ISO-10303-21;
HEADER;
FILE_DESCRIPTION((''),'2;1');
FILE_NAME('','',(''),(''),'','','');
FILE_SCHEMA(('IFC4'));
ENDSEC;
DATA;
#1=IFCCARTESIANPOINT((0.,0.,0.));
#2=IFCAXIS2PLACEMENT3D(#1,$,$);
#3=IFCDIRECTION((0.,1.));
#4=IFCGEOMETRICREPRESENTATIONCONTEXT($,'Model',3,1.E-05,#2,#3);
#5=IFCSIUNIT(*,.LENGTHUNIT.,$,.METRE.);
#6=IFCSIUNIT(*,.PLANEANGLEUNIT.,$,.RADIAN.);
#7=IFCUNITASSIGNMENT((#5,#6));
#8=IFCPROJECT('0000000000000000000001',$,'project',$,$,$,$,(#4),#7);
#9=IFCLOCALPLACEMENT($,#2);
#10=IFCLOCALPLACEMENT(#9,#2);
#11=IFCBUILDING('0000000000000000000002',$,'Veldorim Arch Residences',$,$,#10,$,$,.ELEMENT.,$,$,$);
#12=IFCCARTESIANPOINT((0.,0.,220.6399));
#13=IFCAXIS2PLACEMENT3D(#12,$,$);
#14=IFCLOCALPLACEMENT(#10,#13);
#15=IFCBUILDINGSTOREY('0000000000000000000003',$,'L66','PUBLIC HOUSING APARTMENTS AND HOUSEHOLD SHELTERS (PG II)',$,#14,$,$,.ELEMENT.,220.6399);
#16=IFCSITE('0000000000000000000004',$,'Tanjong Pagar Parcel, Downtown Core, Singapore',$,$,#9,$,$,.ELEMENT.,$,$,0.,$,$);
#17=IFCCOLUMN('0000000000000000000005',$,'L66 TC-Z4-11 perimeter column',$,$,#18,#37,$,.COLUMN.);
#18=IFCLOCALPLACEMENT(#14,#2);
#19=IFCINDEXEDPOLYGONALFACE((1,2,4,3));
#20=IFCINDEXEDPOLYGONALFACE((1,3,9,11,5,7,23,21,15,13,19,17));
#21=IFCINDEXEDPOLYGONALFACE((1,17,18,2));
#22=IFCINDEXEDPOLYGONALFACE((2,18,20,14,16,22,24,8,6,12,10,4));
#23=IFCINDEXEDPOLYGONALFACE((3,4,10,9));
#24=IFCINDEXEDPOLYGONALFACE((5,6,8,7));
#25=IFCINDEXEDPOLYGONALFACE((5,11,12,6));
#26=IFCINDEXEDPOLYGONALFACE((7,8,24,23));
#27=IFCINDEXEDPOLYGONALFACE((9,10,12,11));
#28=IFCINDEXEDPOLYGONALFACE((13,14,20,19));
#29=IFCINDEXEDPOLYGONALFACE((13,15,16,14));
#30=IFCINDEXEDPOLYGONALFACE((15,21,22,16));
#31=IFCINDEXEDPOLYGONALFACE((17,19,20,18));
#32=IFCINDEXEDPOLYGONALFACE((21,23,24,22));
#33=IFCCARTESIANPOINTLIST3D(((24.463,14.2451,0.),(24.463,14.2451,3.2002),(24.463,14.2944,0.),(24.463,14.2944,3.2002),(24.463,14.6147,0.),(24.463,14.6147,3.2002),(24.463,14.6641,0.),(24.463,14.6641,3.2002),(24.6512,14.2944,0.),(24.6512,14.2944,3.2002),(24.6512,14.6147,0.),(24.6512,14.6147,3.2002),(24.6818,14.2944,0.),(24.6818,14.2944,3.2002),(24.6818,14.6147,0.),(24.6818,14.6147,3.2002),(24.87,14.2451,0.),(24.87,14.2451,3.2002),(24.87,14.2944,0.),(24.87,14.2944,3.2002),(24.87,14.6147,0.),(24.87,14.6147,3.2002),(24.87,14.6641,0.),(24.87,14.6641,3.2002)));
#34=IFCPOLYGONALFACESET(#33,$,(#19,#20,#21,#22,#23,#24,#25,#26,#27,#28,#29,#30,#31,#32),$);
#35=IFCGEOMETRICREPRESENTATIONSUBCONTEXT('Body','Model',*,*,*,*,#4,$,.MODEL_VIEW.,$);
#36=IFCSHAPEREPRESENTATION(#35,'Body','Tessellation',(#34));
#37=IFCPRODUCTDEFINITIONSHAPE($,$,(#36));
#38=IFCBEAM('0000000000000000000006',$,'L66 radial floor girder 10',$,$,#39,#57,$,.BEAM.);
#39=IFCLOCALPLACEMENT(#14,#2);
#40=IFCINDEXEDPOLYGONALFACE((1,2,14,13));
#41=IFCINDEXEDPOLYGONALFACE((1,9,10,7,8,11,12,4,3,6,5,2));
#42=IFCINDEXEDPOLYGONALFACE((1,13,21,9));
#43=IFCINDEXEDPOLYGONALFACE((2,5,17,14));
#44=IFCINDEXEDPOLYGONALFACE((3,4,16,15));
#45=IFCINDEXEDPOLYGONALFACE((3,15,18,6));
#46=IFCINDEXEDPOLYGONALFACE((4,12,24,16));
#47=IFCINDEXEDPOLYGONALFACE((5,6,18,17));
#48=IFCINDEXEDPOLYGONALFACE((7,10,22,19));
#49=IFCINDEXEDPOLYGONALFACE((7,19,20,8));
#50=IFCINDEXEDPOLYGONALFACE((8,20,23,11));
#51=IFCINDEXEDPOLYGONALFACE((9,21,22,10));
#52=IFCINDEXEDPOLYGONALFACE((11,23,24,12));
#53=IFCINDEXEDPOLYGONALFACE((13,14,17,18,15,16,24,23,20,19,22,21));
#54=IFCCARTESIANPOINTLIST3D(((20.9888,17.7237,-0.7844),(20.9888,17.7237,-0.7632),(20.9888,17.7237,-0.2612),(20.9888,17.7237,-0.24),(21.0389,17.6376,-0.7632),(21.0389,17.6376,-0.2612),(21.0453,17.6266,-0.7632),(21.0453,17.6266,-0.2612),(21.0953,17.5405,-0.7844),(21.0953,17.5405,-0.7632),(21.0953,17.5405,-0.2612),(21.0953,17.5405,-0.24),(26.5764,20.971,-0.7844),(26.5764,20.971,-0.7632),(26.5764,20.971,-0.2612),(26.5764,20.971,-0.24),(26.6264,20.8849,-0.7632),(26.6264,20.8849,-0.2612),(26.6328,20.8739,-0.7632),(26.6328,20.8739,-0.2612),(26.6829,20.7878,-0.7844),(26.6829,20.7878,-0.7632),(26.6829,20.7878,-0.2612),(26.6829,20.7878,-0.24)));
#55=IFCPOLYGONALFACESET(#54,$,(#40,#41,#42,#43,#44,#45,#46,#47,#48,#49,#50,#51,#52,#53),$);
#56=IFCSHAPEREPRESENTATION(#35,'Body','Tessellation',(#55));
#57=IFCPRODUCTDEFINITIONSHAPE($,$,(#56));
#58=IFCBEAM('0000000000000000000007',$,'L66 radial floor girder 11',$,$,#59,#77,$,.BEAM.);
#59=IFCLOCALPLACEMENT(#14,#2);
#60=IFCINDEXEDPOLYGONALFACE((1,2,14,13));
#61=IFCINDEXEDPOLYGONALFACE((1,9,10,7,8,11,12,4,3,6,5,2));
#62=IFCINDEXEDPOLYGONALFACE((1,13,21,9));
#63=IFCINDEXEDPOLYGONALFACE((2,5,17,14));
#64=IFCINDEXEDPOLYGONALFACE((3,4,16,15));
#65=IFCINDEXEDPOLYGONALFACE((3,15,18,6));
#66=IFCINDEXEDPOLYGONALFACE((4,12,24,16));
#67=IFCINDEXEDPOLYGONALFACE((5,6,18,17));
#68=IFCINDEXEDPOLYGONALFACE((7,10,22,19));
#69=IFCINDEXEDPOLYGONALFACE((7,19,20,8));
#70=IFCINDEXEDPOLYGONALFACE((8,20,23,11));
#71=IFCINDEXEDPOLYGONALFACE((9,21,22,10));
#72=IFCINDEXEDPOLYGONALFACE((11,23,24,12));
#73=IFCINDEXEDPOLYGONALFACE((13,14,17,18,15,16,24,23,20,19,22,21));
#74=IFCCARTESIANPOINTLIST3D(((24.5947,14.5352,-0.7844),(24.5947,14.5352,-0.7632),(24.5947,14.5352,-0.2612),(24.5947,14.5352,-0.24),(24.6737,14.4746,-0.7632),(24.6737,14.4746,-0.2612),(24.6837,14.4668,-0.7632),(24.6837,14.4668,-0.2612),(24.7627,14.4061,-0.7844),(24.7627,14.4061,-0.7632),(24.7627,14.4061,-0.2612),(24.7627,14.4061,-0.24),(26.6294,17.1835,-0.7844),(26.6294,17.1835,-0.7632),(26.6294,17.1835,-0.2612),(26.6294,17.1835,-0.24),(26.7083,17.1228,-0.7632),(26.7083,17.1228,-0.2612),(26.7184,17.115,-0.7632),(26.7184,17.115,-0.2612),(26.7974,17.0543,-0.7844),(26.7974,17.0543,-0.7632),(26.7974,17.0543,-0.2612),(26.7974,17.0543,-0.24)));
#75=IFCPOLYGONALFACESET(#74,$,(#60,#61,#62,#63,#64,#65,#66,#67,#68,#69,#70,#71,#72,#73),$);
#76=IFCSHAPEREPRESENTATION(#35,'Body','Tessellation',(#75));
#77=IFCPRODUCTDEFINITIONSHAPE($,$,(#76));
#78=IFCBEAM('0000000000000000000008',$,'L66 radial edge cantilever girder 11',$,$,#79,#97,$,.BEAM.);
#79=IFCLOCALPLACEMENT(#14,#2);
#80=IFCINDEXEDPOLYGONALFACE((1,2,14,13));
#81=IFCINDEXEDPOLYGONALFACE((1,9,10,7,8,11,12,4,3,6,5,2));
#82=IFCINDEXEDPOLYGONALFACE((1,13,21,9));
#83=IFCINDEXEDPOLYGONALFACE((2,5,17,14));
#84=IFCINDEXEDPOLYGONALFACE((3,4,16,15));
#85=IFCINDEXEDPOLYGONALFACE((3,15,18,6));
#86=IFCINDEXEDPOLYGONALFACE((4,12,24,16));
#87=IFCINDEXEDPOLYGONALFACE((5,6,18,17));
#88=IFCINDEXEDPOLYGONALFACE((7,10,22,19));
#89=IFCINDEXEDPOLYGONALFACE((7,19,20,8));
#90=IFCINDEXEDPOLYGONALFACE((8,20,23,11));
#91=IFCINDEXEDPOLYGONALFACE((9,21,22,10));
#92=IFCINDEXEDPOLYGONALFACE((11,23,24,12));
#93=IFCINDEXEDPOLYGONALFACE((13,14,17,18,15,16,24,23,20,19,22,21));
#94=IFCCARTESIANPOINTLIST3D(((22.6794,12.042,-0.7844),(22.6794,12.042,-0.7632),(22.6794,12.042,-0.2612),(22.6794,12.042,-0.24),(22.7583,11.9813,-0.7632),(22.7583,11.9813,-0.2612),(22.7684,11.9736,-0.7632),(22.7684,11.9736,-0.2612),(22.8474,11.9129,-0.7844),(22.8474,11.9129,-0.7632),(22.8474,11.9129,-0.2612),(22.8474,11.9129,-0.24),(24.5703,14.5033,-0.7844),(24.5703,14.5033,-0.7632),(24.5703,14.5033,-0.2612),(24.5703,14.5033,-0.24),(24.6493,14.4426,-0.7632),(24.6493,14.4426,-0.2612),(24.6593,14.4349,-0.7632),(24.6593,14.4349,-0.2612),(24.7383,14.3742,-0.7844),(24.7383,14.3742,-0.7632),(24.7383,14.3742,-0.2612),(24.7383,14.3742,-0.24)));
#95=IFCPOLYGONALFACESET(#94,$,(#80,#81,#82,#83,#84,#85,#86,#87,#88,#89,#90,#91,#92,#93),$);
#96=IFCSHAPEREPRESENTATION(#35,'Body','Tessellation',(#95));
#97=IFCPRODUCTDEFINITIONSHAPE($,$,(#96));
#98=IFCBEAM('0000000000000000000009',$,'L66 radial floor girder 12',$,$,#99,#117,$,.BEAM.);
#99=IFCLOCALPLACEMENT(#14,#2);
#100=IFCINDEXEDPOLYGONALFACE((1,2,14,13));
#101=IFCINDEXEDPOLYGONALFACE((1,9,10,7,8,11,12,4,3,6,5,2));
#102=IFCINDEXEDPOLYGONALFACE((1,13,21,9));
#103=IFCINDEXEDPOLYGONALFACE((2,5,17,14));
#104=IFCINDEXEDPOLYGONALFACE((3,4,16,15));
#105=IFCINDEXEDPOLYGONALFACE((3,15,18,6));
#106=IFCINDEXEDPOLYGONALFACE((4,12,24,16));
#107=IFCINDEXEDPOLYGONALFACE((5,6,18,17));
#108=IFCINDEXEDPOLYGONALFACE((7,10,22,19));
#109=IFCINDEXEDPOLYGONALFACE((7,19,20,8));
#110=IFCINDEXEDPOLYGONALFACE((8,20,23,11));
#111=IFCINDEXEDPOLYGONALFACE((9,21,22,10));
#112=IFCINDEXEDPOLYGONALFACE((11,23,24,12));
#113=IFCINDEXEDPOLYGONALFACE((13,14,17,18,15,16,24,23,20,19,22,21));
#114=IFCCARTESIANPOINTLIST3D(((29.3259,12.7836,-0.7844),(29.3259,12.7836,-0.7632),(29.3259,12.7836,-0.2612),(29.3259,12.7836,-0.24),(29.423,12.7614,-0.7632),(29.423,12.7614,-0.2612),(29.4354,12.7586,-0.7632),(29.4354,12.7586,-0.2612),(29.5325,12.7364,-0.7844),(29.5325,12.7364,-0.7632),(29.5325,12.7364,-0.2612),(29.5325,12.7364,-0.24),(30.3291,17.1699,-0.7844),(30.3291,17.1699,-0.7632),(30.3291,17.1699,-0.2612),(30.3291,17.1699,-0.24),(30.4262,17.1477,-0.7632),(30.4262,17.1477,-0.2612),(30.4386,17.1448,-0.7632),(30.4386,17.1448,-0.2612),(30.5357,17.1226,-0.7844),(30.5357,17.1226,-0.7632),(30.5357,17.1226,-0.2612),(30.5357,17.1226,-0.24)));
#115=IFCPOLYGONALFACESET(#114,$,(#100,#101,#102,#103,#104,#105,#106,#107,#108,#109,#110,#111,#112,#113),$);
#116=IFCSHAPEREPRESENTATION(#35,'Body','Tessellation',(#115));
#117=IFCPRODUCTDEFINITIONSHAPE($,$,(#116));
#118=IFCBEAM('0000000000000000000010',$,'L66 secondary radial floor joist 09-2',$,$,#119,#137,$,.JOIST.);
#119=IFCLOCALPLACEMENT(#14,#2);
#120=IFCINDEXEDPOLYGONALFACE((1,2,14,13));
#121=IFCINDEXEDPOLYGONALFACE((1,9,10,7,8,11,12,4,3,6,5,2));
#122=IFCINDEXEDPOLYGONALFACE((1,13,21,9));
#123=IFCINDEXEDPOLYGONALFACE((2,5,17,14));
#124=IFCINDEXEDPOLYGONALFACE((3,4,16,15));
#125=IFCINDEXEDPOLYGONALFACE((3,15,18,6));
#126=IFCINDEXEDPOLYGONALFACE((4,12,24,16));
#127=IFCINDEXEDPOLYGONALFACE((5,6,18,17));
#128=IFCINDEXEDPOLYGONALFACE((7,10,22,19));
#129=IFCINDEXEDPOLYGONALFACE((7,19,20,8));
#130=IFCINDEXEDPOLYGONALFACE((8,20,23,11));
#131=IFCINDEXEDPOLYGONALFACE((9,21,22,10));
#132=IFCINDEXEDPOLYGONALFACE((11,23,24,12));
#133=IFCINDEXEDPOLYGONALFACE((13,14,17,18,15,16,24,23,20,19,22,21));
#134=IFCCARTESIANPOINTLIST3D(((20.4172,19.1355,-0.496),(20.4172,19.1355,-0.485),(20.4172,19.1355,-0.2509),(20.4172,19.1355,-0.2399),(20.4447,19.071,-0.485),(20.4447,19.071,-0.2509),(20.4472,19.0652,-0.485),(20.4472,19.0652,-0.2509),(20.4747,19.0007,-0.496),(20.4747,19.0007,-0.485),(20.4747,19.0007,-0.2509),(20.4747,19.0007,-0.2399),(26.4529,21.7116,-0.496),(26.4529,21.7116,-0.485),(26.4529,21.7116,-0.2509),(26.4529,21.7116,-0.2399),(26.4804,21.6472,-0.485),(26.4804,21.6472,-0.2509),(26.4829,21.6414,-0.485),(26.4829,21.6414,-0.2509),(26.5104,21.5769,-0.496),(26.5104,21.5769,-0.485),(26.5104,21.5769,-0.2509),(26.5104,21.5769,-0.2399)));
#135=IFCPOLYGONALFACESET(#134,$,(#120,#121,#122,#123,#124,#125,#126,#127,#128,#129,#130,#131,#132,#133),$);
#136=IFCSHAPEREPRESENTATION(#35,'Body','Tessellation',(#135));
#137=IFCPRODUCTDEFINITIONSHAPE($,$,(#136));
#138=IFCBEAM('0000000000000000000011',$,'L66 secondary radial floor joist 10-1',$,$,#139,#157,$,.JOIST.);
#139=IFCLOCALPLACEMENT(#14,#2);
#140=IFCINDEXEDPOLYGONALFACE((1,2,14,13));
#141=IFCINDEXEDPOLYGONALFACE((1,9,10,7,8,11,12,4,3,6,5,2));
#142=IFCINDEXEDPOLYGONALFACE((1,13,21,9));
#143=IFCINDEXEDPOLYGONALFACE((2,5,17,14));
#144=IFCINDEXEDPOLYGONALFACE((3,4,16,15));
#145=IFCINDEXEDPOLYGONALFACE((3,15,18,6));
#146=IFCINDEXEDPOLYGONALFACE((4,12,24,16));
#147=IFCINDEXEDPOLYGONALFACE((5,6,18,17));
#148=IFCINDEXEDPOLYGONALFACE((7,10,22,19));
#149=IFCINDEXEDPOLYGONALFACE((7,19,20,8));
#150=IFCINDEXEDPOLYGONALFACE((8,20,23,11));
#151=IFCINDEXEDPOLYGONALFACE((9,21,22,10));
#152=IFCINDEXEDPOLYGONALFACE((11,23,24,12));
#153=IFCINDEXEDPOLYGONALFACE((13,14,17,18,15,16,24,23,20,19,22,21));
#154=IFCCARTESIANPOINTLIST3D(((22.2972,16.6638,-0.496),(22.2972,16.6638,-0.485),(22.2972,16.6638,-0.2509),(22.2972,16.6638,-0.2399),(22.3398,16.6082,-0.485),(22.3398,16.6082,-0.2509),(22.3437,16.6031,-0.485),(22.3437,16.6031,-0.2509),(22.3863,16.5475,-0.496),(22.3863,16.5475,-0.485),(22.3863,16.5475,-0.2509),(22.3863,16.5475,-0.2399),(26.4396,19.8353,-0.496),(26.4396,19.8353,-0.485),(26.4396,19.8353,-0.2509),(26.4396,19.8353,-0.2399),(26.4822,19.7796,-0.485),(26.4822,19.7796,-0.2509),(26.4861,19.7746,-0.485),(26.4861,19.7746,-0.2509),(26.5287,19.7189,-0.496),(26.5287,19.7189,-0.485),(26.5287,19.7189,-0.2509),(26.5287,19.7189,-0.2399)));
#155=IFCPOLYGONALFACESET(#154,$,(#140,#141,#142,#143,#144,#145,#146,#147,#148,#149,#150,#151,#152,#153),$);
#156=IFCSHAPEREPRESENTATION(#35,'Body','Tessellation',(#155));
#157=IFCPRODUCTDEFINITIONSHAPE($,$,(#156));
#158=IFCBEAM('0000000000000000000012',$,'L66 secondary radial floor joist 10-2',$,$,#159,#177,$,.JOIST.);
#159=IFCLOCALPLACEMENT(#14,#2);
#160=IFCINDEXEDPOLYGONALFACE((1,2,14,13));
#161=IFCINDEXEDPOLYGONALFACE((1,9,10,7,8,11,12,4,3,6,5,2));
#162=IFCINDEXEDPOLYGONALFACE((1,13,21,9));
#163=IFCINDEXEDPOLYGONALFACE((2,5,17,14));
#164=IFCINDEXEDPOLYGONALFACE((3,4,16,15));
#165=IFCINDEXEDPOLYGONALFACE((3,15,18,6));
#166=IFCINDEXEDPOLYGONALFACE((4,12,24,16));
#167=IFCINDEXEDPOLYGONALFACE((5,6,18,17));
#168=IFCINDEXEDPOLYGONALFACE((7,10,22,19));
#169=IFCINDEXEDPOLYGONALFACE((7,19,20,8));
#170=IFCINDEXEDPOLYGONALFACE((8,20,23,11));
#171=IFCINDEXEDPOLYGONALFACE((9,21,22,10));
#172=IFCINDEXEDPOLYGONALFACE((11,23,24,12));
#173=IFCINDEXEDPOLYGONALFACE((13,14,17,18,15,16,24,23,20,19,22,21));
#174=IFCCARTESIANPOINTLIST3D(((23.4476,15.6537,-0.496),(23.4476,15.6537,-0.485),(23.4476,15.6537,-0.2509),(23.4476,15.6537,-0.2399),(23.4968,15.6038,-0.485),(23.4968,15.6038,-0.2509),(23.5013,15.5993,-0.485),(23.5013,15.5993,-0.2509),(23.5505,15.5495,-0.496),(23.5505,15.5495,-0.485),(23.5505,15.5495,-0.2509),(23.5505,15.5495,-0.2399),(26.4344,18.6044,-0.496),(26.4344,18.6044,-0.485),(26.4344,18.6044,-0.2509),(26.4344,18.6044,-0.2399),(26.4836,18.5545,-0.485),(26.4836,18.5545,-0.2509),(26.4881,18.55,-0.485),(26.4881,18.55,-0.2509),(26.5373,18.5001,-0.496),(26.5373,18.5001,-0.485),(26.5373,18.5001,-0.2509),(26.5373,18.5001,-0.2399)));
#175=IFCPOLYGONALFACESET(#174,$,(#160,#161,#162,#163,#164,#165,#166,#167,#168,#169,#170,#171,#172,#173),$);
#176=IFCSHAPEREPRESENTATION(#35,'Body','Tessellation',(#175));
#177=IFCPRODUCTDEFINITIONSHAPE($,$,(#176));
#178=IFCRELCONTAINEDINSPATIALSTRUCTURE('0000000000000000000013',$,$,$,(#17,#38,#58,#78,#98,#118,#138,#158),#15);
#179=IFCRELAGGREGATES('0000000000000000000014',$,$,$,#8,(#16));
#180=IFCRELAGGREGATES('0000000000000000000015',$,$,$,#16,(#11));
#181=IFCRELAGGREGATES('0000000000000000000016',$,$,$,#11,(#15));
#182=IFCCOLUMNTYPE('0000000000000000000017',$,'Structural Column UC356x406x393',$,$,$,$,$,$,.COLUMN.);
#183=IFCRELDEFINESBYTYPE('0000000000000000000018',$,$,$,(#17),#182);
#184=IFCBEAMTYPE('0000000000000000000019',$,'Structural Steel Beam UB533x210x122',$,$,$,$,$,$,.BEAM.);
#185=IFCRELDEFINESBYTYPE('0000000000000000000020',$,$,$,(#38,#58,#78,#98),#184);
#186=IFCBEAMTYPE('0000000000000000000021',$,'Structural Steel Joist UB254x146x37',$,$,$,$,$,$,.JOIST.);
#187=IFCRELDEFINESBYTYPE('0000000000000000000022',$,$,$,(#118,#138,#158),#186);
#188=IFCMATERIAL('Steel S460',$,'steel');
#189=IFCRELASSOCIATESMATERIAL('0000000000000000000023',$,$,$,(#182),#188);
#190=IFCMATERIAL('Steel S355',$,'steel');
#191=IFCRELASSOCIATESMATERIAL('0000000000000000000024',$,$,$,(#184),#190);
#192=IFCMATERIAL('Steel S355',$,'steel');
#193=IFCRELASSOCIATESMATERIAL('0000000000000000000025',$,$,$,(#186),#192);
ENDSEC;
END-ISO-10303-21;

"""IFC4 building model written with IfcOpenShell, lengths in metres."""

from ifc_helpers import new_model, si_unit, direction, frame, origin, origin_2d, place, context, subcontext, project, spatial, i_section, extrude, material, material_profile, profile_set, type_object, element, save


model = new_model("IFC4")

# Units and contexts
model_context = context("Model", 3, precision=1e-05, world=origin(), true_north=direction((0.0, 1.0)))
body_context = subcontext(model_context, "Body", "Model", "MODEL_VIEW")
ifc_project = project(units=[si_unit("LENGTHUNIT", "METRE"), si_unit("PLANEANGLEUNIT", "RADIAN")], contexts=[model_context])

# Site, building, storey
site_placement = place(None, origin())
site = spatial("IfcSite", under=ifc_project, at=site_placement, Name="Tanjong Pagar Parcel, Downtown Core, Singapore", CompositionType="ELEMENT", RefElevation=0.0)
building_placement = place(site_placement, origin())
building = spatial("IfcBuilding", under=site, at=building_placement, Name="Veldorim Arch Residences", CompositionType="ELEMENT")
storey_placement = place(building_placement, frame((0.0, 0.0, 220.6399)))
storey = spatial("IfcBuildingStorey", under=building, at=storey_placement, Name="L66", Description="PUBLIC HOUSING APARTMENTS AND HOUSEHOLD SHELTERS (PG II)", CompositionType="ELEMENT", Elevation=220.6399)

# Column
ifc_material_1 = material(Name="Steel S460", Category="steel")
ifc_material_profile_1 = material_profile(ifc_material_1, i_section(OverallWidth=0.407, OverallDepth=0.4189, WebThickness=0.0305, FlangeThickness=0.0493, at=origin_2d()), Name="UC356x406x393")
ifc_profile_set_1 = profile_set([ifc_material_profile_1], Name="Steel S460")
column_type = type_object("IfcColumnType", Name="Structural Column UC356x406x393", PredefinedType="COLUMN", material=ifc_profile_set_1)
column_placement = place(storey_placement, frame((24.6665, 14.4546, 0.0), z_axis=(0.0, 0.0, 1.0), x_axis=(1.0, 0.0, 0.0)))
element("IfcColumn", 1, at=column_placement, inside=storey, type_object=column_type, Name="L66 TC-Z4-11 perimeter column", PredefinedType="COLUMN", context=body_context, shape_type="SweptSolid", body=[
    extrude(i_section(OverallWidth=0.407, OverallDepth=0.4189, WebThickness=0.0305, FlangeThickness=0.0493, at=origin_2d()), origin(), (0.0, 0.0, 1.0), 3.2002),
])

# Beams
ifc_material_2 = material(Name="Steel S355", Category="steel")
ifc_material_profile_2 = material_profile(ifc_material_2, i_section(OverallWidth=0.2119, OverallDepth=0.5444, WebThickness=0.0127, FlangeThickness=0.0212, at=origin_2d()), Name="UB533x210x122")
ifc_profile_set_2 = profile_set([ifc_material_profile_2], Name="Steel S355")
beam_type_1 = type_object("IfcBeamType", Name="Structural Steel Beam UB533x210x122", PredefinedType="BEAM", material=ifc_profile_set_2)
beam_1_placement = place(storey_placement, frame((26.6296, 20.8794, -0.5122), z_axis=(-0.864596, -0.502468, 0.0), x_axis=(0.502468, -0.864596, 0.0)))
element("IfcBeam", 2, at=beam_1_placement, inside=storey, type_object=beam_type_1, Name="L66 radial floor girder 10", PredefinedType="BEAM", context=body_context, shape_type="SweptSolid", body=[
    extrude(i_section(OverallWidth=0.2119, OverallDepth=0.5444, WebThickness=0.0127, FlangeThickness=0.0212, at=origin_2d()), origin(), (0.0, 0.0, 1.0), 6.4626),
])
beam_2_placement = place(storey_placement, frame((26.7134, 17.1189, -0.5122), z_axis=(-0.609258, -0.792972, 0.0), x_axis=(0.792972, -0.609258, 0.0)))
element("IfcBeam", 3, at=beam_2_placement, inside=storey, type_object=beam_type_1, Name="L66 radial floor girder 11", PredefinedType="BEAM", context=body_context, shape_type="SweptSolid", body=[
    extrude(i_section(OverallWidth=0.2119, OverallDepth=0.5444, WebThickness=0.0127, FlangeThickness=0.0212, at=origin_2d()), origin(), (0.0, 0.0, 1.0), 3.3396),
])
beam_3_placement = place(storey_placement, frame((24.6543, 14.4387, -0.5122), z_axis=(-0.609235, -0.792989, 0.0), x_axis=(0.792989, -0.609235, 0.0)))
element("IfcBeam", 4, at=beam_3_placement, inside=storey, type_object=beam_type_1, Name="L66 radial edge cantilever girder 11", PredefinedType="BEAM", context=body_context, shape_type="SweptSolid", body=[
    extrude(i_section(OverallWidth=0.2119, OverallDepth=0.5444, WebThickness=0.0127, FlangeThickness=0.0212, at=origin_2d()), origin(), (0.0, 0.0, 1.0), 3.1038),
])
beam_4_placement = place(storey_placement, frame((30.4324, 17.1462, -0.5122), z_axis=(-0.222953, -0.974829, 0.0), x_axis=(0.974829, -0.222953, 0.0)))
element("IfcBeam", 5, at=beam_4_placement, inside=storey, type_object=beam_type_1, Name="L66 radial floor girder 12", PredefinedType="BEAM", context=body_context, shape_type="SweptSolid", body=[
    extrude(i_section(OverallWidth=0.2119, OverallDepth=0.5444, WebThickness=0.0127, FlangeThickness=0.0212, at=origin_2d()), origin(), (0.0, 0.0, 1.0), 4.4995),
])
ifc_material_3 = material(Name="Steel S355", Category="steel")
ifc_material_profile_3 = material_profile(ifc_material_3, i_section(OverallWidth=0.1465, OverallDepth=0.2561, WebThickness=0.0063, FlangeThickness=0.011, at=origin_2d()), Name="UB254x146x37")
ifc_profile_set_3 = profile_set([ifc_material_profile_3], Name="Steel S355")
beam_type_2 = type_object("IfcBeamType", Name="Structural Steel Joist UB254x146x37", PredefinedType="JOIST", material=ifc_profile_set_3)
beam_5_placement = place(storey_placement, frame((26.4817, 21.6443, -0.3679), z_axis=(-0.919725, -0.392563, 0.0), x_axis=(0.392563, -0.919725, 0.0)))
element("IfcBeam", 6, at=beam_5_placement, inside=storey, type_object=beam_type_2, Name="L66 secondary radial floor joist 09-2", PredefinedType="JOIST", context=body_context, shape_type="SweptSolid", body=[
    extrude(i_section(OverallWidth=0.1465, OverallDepth=0.2561, WebThickness=0.0063, FlangeThickness=0.011, at=origin_2d()), origin(), (0.0, 0.0, 1.0), 6.5625),
])
beam_6_placement = place(storey_placement, frame((26.4841, 19.7771, -0.3679), z_axis=(-0.794014, -0.6079, 0.0), x_axis=(0.6079, -0.794014, 0.0)))
element("IfcBeam", 7, at=beam_6_placement, inside=storey, type_object=beam_type_2, Name="L66 secondary radial floor joist 10-1", PredefinedType="JOIST", context=body_context, shape_type="SweptSolid", body=[
    extrude(i_section(OverallWidth=0.1465, OverallDepth=0.2561, WebThickness=0.0063, FlangeThickness=0.011, at=origin_2d()), origin(), (0.0, 0.0, 1.0), 5.217),
])
beam_7_placement = place(storey_placement, frame((26.4858, 18.5522, -0.3679), z_axis=(-0.711397, -0.702791, 0.0), x_axis=(0.702791, -0.711397, 0.0)))
element("IfcBeam", 8, at=beam_7_placement, inside=storey, type_object=beam_type_2, Name="L66 secondary radial floor joist 10-2", PredefinedType="JOIST", context=body_context, shape_type="SweptSolid", body=[
    extrude(i_section(OverallWidth=0.1465, OverallDepth=0.2561, WebThickness=0.0063, FlangeThickness=0.011, at=origin_2d()), origin(), (0.0, 0.0, 1.0), 4.1985),
])

save(model, "model.ifc")
